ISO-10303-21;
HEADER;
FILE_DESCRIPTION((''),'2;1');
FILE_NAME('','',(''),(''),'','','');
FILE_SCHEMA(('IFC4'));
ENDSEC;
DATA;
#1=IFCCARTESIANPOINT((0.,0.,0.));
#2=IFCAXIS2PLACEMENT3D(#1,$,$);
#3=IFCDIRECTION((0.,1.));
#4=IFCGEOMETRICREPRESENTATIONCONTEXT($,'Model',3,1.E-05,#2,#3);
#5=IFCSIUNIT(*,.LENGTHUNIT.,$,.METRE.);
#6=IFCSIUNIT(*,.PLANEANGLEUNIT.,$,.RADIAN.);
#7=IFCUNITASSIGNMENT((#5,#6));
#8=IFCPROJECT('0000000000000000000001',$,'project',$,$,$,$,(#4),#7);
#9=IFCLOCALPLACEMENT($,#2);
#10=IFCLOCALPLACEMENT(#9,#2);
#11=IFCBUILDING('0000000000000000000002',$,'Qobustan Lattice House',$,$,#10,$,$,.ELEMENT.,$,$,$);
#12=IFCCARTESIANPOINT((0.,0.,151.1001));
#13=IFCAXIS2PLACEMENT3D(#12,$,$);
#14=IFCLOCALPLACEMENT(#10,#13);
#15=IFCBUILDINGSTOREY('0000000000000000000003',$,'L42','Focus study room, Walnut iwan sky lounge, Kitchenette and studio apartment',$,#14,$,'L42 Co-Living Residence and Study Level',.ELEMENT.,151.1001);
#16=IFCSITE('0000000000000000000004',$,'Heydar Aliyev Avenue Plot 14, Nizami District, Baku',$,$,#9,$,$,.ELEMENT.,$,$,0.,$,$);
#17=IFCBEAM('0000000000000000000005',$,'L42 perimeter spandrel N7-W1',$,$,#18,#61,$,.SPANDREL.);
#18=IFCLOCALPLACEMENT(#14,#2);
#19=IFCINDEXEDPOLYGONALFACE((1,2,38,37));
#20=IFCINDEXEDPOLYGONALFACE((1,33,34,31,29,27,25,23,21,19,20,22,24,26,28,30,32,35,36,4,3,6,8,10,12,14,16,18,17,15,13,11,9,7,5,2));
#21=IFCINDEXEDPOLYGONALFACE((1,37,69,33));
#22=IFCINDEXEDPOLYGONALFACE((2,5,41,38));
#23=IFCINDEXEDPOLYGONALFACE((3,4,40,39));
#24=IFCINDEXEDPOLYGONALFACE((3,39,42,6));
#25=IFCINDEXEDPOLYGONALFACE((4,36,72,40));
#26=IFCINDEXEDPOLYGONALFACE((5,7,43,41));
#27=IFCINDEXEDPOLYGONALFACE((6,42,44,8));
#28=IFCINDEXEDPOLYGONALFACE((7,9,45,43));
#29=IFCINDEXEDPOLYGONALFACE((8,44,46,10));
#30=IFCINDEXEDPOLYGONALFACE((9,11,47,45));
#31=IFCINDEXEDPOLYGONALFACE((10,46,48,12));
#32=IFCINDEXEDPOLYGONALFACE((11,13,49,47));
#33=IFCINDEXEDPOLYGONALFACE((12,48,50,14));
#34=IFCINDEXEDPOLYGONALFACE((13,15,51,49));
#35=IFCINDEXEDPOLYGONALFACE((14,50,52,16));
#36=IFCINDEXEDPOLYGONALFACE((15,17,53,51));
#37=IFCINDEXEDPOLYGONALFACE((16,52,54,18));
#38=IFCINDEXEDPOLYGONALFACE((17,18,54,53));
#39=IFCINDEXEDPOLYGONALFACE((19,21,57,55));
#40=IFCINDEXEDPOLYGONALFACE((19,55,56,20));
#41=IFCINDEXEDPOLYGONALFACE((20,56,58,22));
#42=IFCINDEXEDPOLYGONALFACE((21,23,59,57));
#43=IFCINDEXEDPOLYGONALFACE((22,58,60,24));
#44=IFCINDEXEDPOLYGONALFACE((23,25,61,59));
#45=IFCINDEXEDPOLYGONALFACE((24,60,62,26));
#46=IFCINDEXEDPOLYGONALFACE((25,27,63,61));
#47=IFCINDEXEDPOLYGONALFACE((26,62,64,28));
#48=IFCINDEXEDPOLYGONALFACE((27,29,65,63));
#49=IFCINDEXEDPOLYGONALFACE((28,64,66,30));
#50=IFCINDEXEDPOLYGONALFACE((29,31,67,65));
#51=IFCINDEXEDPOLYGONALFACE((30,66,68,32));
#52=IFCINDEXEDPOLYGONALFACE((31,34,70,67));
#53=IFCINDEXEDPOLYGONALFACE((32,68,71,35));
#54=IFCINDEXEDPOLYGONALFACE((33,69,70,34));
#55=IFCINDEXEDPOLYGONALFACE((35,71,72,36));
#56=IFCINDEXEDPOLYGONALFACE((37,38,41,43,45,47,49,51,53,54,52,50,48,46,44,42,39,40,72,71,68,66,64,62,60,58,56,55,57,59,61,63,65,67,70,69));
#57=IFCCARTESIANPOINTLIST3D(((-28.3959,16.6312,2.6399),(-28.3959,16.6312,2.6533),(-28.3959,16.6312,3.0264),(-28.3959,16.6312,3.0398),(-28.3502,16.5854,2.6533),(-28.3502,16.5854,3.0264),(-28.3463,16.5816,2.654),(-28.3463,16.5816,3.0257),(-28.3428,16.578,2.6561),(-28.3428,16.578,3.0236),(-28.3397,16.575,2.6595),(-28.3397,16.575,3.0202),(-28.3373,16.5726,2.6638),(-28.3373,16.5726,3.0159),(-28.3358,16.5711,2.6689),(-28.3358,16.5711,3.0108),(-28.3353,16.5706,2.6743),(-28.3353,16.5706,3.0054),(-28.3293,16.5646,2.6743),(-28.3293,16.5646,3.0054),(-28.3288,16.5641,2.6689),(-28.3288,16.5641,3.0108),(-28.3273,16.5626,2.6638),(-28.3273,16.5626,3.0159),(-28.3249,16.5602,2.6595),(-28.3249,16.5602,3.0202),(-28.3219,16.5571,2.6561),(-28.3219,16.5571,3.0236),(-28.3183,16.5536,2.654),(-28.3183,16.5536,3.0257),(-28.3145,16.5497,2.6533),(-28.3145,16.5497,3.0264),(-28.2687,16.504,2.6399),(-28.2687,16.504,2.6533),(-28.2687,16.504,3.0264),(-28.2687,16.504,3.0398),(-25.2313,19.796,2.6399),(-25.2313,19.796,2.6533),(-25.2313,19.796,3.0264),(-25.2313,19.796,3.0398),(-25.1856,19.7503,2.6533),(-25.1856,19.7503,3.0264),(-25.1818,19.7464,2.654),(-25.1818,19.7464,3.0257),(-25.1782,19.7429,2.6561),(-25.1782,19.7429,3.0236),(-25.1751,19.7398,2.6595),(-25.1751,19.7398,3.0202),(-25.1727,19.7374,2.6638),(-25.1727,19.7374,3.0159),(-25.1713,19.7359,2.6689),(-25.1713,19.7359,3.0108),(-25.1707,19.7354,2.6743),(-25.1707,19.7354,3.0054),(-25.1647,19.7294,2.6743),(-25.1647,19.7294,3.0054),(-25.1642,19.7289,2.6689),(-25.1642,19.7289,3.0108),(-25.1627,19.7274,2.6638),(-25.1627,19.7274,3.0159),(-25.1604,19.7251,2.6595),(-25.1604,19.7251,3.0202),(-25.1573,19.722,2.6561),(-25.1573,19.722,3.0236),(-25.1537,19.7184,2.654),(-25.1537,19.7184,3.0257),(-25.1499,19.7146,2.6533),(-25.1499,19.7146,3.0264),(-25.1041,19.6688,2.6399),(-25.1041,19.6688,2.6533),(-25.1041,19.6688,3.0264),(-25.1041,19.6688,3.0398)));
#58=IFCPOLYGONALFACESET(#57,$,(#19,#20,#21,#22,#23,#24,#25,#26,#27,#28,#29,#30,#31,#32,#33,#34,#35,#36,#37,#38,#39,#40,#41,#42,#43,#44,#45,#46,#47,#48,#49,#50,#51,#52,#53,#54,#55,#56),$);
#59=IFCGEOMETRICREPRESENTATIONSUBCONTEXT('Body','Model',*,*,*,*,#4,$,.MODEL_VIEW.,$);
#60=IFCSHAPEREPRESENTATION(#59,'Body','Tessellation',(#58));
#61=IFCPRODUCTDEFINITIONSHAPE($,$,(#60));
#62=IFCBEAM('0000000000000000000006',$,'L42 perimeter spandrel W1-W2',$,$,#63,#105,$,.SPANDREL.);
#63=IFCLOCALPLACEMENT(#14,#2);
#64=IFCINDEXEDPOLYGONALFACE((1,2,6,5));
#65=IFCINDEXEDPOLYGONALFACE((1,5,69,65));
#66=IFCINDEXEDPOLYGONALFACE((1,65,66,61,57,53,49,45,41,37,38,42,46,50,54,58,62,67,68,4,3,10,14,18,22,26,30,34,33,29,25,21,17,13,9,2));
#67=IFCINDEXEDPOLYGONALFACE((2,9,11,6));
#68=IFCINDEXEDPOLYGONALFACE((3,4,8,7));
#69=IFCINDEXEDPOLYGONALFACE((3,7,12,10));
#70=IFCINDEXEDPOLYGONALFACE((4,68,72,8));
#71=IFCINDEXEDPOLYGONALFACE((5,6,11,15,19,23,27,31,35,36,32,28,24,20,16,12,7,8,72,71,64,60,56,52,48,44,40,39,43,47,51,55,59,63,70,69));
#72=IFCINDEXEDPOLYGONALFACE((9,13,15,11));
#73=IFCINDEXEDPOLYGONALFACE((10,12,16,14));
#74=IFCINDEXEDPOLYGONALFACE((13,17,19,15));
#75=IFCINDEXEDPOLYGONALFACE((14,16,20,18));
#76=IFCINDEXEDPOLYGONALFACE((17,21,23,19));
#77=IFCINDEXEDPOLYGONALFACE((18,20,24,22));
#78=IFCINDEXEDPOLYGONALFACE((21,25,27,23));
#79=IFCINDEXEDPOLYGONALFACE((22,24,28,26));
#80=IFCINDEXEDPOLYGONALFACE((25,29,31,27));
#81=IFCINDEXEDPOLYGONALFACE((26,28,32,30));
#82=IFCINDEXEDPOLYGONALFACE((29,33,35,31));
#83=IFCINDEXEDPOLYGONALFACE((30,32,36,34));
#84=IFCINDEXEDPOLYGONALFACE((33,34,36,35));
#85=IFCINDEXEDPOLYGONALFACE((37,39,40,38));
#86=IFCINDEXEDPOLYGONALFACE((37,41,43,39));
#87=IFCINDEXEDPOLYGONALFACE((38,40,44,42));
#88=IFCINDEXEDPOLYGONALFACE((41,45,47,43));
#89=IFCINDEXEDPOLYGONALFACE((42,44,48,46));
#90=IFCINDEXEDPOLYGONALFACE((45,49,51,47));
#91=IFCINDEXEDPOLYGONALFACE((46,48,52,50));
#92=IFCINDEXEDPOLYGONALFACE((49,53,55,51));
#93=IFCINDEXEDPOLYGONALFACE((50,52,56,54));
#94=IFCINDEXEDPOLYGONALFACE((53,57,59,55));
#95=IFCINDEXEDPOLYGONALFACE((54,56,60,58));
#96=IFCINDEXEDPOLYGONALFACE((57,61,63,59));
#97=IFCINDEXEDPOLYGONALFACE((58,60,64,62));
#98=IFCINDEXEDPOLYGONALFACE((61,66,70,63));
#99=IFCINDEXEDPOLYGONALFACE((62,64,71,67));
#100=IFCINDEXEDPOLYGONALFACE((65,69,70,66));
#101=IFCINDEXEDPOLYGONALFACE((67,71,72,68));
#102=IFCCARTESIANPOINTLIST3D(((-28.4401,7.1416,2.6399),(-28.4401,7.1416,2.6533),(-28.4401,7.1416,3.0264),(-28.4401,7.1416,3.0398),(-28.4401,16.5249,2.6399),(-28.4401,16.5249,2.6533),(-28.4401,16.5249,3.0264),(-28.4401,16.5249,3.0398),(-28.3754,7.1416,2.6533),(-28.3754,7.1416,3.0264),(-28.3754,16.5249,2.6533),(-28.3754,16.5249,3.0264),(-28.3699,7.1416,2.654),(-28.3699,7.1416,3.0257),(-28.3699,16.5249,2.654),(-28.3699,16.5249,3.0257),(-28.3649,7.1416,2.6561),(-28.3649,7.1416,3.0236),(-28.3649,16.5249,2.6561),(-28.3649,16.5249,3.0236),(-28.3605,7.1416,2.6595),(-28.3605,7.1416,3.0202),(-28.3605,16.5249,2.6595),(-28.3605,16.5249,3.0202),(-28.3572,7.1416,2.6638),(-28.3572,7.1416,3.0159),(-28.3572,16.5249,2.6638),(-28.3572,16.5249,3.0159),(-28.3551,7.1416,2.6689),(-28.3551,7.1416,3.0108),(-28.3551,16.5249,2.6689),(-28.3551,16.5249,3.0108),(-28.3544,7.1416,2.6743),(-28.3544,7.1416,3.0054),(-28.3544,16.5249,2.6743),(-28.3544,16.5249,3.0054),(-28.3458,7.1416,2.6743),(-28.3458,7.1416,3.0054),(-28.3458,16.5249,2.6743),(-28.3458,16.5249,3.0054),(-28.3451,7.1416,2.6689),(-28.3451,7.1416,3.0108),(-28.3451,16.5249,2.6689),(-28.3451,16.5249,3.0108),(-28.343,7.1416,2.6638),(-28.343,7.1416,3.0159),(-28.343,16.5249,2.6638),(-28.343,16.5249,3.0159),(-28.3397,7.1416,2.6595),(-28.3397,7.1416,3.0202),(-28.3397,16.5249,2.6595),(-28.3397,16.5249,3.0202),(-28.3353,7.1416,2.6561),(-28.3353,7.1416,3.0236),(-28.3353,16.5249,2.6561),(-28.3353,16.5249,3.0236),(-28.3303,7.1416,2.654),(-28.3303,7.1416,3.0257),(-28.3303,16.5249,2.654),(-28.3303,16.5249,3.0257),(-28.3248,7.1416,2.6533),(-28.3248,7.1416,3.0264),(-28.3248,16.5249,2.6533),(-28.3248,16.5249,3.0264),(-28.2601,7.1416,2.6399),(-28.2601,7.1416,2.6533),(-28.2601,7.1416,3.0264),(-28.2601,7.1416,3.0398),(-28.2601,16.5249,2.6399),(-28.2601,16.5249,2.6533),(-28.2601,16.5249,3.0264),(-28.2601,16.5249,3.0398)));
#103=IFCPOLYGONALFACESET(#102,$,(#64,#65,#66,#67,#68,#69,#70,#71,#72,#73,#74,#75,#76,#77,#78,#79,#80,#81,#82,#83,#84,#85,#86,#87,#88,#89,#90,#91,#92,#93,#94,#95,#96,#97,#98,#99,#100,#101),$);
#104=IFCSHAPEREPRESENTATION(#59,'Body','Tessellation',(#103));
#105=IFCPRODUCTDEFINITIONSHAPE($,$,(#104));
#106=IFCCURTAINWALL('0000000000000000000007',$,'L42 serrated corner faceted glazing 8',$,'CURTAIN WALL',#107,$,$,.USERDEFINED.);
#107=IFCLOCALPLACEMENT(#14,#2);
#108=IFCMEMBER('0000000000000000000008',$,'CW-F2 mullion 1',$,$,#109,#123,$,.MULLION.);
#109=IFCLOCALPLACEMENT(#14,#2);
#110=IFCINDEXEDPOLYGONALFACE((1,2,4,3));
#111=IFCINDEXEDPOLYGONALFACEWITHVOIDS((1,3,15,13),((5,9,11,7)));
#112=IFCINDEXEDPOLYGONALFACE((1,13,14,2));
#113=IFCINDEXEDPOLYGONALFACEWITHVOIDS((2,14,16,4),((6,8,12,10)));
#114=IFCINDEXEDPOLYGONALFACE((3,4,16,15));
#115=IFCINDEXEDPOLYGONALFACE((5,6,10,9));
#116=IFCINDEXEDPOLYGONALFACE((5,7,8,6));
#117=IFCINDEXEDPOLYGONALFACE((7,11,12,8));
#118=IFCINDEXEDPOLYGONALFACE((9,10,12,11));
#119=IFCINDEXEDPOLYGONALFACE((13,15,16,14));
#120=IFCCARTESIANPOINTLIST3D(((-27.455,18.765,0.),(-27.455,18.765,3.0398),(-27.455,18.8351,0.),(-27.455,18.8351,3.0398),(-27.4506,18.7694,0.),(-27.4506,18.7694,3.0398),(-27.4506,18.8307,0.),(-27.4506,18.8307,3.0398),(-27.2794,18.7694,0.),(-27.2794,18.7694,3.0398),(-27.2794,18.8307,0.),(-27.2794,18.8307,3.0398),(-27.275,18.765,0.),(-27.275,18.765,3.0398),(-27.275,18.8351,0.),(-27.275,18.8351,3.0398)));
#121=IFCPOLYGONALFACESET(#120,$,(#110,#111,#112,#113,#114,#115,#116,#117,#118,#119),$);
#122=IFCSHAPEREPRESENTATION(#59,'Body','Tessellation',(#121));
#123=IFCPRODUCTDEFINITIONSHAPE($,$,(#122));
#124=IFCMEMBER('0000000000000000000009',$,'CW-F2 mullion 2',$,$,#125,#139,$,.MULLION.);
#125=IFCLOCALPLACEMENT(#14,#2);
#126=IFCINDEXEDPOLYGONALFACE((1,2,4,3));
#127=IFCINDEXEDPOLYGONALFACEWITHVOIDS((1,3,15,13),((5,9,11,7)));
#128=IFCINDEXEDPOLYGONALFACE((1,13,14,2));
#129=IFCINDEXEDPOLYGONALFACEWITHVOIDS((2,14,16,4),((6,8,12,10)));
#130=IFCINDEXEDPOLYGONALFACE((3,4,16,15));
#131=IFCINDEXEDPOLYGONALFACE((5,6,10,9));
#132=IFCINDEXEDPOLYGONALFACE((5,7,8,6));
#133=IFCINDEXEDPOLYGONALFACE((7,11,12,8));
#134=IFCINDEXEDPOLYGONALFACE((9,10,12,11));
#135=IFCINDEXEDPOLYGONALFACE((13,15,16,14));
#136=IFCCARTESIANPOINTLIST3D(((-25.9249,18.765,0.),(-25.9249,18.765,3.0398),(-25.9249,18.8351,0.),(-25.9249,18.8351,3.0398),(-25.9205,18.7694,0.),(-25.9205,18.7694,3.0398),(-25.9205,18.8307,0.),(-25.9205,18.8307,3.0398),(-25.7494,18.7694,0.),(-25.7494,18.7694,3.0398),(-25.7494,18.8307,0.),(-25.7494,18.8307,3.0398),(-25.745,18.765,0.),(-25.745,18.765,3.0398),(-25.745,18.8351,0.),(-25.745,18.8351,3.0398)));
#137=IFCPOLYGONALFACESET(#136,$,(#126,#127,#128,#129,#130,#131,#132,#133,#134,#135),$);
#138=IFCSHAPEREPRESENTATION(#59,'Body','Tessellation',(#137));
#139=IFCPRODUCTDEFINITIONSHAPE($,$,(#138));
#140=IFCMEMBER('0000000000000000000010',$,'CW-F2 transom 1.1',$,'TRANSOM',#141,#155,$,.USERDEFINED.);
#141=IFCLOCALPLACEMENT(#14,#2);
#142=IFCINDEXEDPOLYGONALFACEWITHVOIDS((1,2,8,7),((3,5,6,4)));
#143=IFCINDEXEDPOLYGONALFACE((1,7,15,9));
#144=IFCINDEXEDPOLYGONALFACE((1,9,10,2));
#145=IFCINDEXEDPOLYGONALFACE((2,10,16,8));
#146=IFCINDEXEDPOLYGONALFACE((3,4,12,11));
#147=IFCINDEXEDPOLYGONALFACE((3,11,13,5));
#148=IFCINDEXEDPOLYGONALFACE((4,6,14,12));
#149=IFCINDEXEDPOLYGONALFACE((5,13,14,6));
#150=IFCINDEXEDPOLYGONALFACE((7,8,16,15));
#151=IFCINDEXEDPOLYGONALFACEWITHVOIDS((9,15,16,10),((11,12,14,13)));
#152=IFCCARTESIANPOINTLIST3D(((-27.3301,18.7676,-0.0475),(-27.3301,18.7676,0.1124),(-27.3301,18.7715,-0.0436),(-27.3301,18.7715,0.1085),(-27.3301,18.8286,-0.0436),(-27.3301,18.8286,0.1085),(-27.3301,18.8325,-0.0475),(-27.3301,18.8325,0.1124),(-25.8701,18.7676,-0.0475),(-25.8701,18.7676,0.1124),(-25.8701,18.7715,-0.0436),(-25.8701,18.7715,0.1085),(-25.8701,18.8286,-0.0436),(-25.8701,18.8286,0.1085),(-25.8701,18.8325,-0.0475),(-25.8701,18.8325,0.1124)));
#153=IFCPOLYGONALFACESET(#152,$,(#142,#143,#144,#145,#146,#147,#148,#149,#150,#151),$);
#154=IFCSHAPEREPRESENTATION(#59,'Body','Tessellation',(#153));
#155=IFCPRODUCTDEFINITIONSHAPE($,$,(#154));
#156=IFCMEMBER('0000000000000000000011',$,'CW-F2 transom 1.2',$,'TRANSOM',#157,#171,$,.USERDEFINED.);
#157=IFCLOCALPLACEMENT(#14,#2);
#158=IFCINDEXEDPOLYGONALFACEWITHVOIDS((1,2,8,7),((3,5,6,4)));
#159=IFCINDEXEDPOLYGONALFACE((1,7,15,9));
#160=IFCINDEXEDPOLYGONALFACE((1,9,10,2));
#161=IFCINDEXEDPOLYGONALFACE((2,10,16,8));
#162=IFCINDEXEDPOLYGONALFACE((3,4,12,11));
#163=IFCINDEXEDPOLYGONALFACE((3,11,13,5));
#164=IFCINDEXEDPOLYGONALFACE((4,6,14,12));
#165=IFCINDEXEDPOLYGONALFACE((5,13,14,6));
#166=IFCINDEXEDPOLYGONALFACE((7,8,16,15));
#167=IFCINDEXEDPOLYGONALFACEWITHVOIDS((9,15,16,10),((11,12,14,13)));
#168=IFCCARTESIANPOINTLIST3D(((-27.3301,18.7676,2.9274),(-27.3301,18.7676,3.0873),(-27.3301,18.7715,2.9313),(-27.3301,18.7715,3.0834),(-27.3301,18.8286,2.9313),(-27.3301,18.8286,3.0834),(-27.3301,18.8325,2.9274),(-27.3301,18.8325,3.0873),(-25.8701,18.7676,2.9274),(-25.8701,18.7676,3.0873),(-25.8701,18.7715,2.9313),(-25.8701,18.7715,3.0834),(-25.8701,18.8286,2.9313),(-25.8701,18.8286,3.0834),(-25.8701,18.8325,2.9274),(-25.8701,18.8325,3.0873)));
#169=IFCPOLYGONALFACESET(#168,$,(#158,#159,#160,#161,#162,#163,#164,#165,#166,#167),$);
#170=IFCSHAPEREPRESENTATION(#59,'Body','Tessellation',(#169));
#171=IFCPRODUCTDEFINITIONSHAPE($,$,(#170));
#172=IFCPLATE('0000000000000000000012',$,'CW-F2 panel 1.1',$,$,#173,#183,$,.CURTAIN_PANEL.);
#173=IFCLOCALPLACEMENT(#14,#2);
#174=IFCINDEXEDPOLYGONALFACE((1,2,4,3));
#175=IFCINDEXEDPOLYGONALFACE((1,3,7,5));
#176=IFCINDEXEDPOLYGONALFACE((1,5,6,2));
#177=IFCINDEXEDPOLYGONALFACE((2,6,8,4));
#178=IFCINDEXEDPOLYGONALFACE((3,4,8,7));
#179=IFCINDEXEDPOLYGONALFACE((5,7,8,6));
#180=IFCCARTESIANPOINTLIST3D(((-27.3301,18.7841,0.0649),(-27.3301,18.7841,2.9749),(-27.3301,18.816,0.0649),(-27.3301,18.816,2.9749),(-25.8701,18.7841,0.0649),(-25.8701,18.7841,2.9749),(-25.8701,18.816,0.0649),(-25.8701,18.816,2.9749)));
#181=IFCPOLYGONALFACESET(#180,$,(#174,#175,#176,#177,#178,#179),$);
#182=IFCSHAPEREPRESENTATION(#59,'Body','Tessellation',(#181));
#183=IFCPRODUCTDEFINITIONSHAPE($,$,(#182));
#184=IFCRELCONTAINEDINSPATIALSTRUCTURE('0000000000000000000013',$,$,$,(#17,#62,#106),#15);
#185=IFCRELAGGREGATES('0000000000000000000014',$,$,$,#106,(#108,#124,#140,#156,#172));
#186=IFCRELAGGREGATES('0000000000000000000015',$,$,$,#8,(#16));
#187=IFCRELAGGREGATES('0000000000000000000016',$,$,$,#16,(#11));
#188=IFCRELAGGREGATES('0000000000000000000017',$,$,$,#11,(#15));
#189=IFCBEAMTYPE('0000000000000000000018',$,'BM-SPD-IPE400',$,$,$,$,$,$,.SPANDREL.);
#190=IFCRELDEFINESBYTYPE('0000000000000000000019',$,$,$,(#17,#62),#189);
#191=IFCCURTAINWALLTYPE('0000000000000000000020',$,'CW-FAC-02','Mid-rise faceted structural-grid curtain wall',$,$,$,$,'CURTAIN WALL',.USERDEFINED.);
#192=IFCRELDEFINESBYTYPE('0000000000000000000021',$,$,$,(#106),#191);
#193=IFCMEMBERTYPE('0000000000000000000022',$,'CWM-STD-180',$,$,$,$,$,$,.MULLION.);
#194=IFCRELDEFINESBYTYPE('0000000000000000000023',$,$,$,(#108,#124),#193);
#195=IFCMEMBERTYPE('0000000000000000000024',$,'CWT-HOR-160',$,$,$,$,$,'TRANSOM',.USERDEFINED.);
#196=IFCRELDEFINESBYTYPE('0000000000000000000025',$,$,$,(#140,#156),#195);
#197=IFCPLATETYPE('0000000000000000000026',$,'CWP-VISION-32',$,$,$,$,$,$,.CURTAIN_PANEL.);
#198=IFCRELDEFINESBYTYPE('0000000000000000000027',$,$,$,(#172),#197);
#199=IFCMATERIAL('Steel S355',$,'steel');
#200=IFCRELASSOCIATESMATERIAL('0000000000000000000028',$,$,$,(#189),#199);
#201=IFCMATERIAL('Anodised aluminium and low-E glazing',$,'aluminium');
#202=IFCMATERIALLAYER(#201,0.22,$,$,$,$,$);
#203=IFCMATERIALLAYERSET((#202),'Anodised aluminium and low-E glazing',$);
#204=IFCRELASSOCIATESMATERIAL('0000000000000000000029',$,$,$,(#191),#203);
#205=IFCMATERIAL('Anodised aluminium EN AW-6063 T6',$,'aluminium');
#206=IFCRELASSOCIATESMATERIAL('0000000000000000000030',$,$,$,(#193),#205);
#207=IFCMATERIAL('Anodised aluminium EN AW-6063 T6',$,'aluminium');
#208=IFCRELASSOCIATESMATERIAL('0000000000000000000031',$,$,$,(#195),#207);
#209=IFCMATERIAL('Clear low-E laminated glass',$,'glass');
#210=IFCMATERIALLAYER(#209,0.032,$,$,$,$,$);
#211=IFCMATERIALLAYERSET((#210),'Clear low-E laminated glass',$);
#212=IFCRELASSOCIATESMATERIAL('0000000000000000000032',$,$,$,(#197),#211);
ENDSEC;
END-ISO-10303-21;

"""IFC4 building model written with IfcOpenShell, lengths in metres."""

from ifc_helpers import new_model, si_unit, direction, frame, origin, origin_2d, place, context, subcontext, project, spatial, rectangle, hollow_rectangle, i_section, extrude, material, layer, layer_set, material_profile, profile_set, type_object, element, aggregate, save


model = new_model("IFC4")

# Units and contexts
model_context = context("Model", 3, precision=1e-05, world=origin(), true_north=direction((0.0, 1.0)))
body_context = subcontext(model_context, "Body", "Model", "MODEL_VIEW")
ifc_project = project(units=[si_unit("LENGTHUNIT", "METRE"), si_unit("PLANEANGLEUNIT", "RADIAN")], contexts=[model_context])

# Site, building, storey
site_placement = place(None, origin())
site = spatial("IfcSite", under=ifc_project, at=site_placement, Name="Heydar Aliyev Avenue Plot 14, Nizami District, Baku", CompositionType="ELEMENT", RefElevation=0.0)
building_placement = place(site_placement, origin())
building = spatial("IfcBuilding", under=site, at=building_placement, Name="Qobustan Lattice House", CompositionType="ELEMENT")
storey_placement = place(building_placement, frame((0.0, 0.0, 151.1001)))
storey = spatial("IfcBuildingStorey", under=building, at=storey_placement, Name="L42", Description="Focus study room, Walnut iwan sky lounge, Kitchenette and studio apartment", LongName="L42 Co-Living Residence and Study Level", CompositionType="ELEMENT", Elevation=151.1001)

# Beams
ifc_material_1 = material(Name="Steel S355", Category="steel")
ifc_material_profile_1 = material_profile(ifc_material_1, i_section(OverallWidth=0.1799, OverallDepth=0.3999, WebThickness=0.0085, FlangeThickness=0.0134, FilletRadius=0.021, at=origin_2d()), Name="IPE400")
ifc_profile_set_1 = profile_set([ifc_material_profile_1], Name="Steel S355")
beam_type_1 = type_object("IfcBeamType", Name="BM-SPD-IPE400", PredefinedType="SPANDREL", material=ifc_profile_set_1)
beam_1_placement = place(storey_placement, frame((-25.1677, 19.7324, 2.8398), z_axis=(-0.70708, -0.707134, 0.0), x_axis=(0.707134, -0.70708, 0.0)))
element("IfcBeam", 1, at=beam_1_placement, inside=storey, type_object=beam_type_1, Name="L42 perimeter spandrel N7-W1", PredefinedType="SPANDREL", context=body_context, shape_type="SweptSolid", body=[
    extrude(i_section(OverallWidth=0.1799, OverallDepth=0.3999, WebThickness=0.0085, FlangeThickness=0.0134, FilletRadius=0.021, at=origin_2d()), origin(), (0.0, 0.0, 1.0), 4.4756),
])
beam_2_placement = place(storey_placement, frame((-28.3501, 16.5249, 2.8398), z_axis=(0.0, -1.0, 0.0), x_axis=(1.0, 0.0, 0.0)))
element("IfcBeam", 2, at=beam_2_placement, inside=storey, type_object=beam_type_1, Name="L42 perimeter spandrel W1-W2", PredefinedType="SPANDREL", context=body_context, shape_type="SweptSolid", body=[
    extrude(i_section(OverallWidth=0.1799, OverallDepth=0.3999, WebThickness=0.0085, FlangeThickness=0.0134, FilletRadius=0.021, at=origin_2d()), origin(), (0.0, 0.0, 1.0), 9.3833),
])

# Curtain wall, members, plate
ifc_material_2 = material(Name="Anodised aluminium and low-E glazing", Category="aluminium")
ifc_layer_1 = layer(ifc_material_2, 0.22)
ifc_layer_set_1 = layer_set([ifc_layer_1], Name="Anodised aluminium and low-E glazing")
curtain_wall_type = type_object("IfcCurtainWallType", Name="CW-FAC-02", Description="Mid-rise faceted structural-grid curtain wall", ElementType="CURTAIN WALL", PredefinedType="USERDEFINED", material=ifc_layer_set_1)
curtain_wall_placement = place(storey_placement, origin())
curtain_wall = element("IfcCurtainWall", 3, at=curtain_wall_placement, inside=storey, type_object=curtain_wall_type, Name="L42 serrated corner faceted glazing 8", ObjectType="CURTAIN WALL", PredefinedType="USERDEFINED")
ifc_material_3 = material(Name="Anodised aluminium EN AW-6063 T6", Category="aluminium")
ifc_material_profile_2 = material_profile(ifc_material_3, hollow_rectangle(XDim=0.0701, YDim=0.1799, WallThickness=0.0044, at=origin_2d()), Name="CWM-180x70")
ifc_profile_set_2 = profile_set([ifc_material_profile_2], Name="Anodised aluminium EN AW-6063 T6")
member_type_1 = type_object("IfcMemberType", Name="CWM-STD-180", PredefinedType="MULLION", material=ifc_profile_set_2)
member_1_placement = place(storey_placement, frame((-27.365, 18.8, 0.0), z_axis=(0.0, 0.0, 1.0), x_axis=(0.0, 1.0, 0.0)))
member_1 = element("IfcMember", 4, at=member_1_placement, type_object=member_type_1, Name="CW-F2 mullion 1", PredefinedType="MULLION", context=body_context, shape_type="SweptSolid", body=[
    extrude(hollow_rectangle(XDim=0.0701, YDim=0.1799, WallThickness=0.0044, at=origin_2d()), origin(), (0.0, 0.0, 1.0), 3.0398),
])
member_2_placement = place(storey_placement, frame((-25.835, 18.8, 0.0), z_axis=(0.0, 0.0, 1.0), x_axis=(0.0, 1.0, 0.0)))
member_2 = element("IfcMember", 5, at=member_2_placement, type_object=member_type_1, Name="CW-F2 mullion 2", PredefinedType="MULLION", context=body_context, shape_type="SweptSolid", body=[
    extrude(hollow_rectangle(XDim=0.0701, YDim=0.1799, WallThickness=0.0044, at=origin_2d()), origin(), (0.0, 0.0, 1.0), 3.0398),
])
ifc_material_4 = material(Name="Anodised aluminium EN AW-6063 T6", Category="aluminium")
ifc_material_profile_3 = material_profile(ifc_material_4, hollow_rectangle(XDim=0.0649, YDim=0.1599, WallThickness=0.0039, at=origin_2d()), Name="CWT-160x65")
ifc_profile_set_3 = profile_set([ifc_material_profile_3], Name="Anodised aluminium EN AW-6063 T6")
member_type_2 = type_object("IfcMemberType", Name="CWT-HOR-160", ElementType="TRANSOM", PredefinedType="USERDEFINED", material=ifc_profile_set_3)
member_3_placement = place(storey_placement, frame((-27.3301, 18.8, 0.0325), z_axis=(1.0, 0.0, 0.0), x_axis=(0.0, 1.0, 0.0)))
member_3 = element("IfcMember", 6, at=member_3_placement, type_object=member_type_2, Name="CW-F2 transom 1.1", ObjectType="TRANSOM", PredefinedType="USERDEFINED", context=body_context, shape_type="SweptSolid", body=[
    extrude(hollow_rectangle(XDim=0.0649, YDim=0.1599, WallThickness=0.0039, at=origin_2d()), origin(), (0.0, 0.0, 1.0), 1.46),
])
member_4_placement = place(storey_placement, frame((-27.3301, 18.8, 3.0073), z_axis=(1.0, 0.0, 0.0), x_axis=(0.0, 1.0, 0.0)))
member_4 = element("IfcMember", 7, at=member_4_placement, type_object=member_type_2, Name="CW-F2 transom 1.2", ObjectType="TRANSOM", PredefinedType="USERDEFINED", context=body_context, shape_type="SweptSolid", body=[
    extrude(hollow_rectangle(XDim=0.0649, YDim=0.1599, WallThickness=0.0039, at=origin_2d()), origin(), (0.0, 0.0, 1.0), 1.46),
])
ifc_material_5 = material(Name="Clear low-E laminated glass", Category="glass")
ifc_layer_2 = layer(ifc_material_5, 0.032)
ifc_layer_set_2 = layer_set([ifc_layer_2], Name="Clear low-E laminated glass")
plate_type_1 = type_object("IfcPlateType", Name="CWP-VISION-32", PredefinedType="CURTAIN_PANEL", material=ifc_layer_set_2)
plate_1_placement = place(storey_placement, frame((-26.6001, 18.8, 0.0649), z_axis=(0.0, 0.0, 1.0), x_axis=(1.0, 0.0, 0.0)))
plate_1 = element("IfcPlate", 8, at=plate_1_placement, type_object=plate_type_1, Name="CW-F2 panel 1.1", PredefinedType="CURTAIN_PANEL", context=body_context, shape_type="SweptSolid", body=[
    extrude(rectangle(XDim=1.46, YDim=0.032, at=origin_2d()), origin(), (0.0, 0.0, 1.0), 2.9099),
])
aggregate(curtain_wall, [member_1, member_2, member_3, member_4, plate_1])

save(model, "model.ifc")
